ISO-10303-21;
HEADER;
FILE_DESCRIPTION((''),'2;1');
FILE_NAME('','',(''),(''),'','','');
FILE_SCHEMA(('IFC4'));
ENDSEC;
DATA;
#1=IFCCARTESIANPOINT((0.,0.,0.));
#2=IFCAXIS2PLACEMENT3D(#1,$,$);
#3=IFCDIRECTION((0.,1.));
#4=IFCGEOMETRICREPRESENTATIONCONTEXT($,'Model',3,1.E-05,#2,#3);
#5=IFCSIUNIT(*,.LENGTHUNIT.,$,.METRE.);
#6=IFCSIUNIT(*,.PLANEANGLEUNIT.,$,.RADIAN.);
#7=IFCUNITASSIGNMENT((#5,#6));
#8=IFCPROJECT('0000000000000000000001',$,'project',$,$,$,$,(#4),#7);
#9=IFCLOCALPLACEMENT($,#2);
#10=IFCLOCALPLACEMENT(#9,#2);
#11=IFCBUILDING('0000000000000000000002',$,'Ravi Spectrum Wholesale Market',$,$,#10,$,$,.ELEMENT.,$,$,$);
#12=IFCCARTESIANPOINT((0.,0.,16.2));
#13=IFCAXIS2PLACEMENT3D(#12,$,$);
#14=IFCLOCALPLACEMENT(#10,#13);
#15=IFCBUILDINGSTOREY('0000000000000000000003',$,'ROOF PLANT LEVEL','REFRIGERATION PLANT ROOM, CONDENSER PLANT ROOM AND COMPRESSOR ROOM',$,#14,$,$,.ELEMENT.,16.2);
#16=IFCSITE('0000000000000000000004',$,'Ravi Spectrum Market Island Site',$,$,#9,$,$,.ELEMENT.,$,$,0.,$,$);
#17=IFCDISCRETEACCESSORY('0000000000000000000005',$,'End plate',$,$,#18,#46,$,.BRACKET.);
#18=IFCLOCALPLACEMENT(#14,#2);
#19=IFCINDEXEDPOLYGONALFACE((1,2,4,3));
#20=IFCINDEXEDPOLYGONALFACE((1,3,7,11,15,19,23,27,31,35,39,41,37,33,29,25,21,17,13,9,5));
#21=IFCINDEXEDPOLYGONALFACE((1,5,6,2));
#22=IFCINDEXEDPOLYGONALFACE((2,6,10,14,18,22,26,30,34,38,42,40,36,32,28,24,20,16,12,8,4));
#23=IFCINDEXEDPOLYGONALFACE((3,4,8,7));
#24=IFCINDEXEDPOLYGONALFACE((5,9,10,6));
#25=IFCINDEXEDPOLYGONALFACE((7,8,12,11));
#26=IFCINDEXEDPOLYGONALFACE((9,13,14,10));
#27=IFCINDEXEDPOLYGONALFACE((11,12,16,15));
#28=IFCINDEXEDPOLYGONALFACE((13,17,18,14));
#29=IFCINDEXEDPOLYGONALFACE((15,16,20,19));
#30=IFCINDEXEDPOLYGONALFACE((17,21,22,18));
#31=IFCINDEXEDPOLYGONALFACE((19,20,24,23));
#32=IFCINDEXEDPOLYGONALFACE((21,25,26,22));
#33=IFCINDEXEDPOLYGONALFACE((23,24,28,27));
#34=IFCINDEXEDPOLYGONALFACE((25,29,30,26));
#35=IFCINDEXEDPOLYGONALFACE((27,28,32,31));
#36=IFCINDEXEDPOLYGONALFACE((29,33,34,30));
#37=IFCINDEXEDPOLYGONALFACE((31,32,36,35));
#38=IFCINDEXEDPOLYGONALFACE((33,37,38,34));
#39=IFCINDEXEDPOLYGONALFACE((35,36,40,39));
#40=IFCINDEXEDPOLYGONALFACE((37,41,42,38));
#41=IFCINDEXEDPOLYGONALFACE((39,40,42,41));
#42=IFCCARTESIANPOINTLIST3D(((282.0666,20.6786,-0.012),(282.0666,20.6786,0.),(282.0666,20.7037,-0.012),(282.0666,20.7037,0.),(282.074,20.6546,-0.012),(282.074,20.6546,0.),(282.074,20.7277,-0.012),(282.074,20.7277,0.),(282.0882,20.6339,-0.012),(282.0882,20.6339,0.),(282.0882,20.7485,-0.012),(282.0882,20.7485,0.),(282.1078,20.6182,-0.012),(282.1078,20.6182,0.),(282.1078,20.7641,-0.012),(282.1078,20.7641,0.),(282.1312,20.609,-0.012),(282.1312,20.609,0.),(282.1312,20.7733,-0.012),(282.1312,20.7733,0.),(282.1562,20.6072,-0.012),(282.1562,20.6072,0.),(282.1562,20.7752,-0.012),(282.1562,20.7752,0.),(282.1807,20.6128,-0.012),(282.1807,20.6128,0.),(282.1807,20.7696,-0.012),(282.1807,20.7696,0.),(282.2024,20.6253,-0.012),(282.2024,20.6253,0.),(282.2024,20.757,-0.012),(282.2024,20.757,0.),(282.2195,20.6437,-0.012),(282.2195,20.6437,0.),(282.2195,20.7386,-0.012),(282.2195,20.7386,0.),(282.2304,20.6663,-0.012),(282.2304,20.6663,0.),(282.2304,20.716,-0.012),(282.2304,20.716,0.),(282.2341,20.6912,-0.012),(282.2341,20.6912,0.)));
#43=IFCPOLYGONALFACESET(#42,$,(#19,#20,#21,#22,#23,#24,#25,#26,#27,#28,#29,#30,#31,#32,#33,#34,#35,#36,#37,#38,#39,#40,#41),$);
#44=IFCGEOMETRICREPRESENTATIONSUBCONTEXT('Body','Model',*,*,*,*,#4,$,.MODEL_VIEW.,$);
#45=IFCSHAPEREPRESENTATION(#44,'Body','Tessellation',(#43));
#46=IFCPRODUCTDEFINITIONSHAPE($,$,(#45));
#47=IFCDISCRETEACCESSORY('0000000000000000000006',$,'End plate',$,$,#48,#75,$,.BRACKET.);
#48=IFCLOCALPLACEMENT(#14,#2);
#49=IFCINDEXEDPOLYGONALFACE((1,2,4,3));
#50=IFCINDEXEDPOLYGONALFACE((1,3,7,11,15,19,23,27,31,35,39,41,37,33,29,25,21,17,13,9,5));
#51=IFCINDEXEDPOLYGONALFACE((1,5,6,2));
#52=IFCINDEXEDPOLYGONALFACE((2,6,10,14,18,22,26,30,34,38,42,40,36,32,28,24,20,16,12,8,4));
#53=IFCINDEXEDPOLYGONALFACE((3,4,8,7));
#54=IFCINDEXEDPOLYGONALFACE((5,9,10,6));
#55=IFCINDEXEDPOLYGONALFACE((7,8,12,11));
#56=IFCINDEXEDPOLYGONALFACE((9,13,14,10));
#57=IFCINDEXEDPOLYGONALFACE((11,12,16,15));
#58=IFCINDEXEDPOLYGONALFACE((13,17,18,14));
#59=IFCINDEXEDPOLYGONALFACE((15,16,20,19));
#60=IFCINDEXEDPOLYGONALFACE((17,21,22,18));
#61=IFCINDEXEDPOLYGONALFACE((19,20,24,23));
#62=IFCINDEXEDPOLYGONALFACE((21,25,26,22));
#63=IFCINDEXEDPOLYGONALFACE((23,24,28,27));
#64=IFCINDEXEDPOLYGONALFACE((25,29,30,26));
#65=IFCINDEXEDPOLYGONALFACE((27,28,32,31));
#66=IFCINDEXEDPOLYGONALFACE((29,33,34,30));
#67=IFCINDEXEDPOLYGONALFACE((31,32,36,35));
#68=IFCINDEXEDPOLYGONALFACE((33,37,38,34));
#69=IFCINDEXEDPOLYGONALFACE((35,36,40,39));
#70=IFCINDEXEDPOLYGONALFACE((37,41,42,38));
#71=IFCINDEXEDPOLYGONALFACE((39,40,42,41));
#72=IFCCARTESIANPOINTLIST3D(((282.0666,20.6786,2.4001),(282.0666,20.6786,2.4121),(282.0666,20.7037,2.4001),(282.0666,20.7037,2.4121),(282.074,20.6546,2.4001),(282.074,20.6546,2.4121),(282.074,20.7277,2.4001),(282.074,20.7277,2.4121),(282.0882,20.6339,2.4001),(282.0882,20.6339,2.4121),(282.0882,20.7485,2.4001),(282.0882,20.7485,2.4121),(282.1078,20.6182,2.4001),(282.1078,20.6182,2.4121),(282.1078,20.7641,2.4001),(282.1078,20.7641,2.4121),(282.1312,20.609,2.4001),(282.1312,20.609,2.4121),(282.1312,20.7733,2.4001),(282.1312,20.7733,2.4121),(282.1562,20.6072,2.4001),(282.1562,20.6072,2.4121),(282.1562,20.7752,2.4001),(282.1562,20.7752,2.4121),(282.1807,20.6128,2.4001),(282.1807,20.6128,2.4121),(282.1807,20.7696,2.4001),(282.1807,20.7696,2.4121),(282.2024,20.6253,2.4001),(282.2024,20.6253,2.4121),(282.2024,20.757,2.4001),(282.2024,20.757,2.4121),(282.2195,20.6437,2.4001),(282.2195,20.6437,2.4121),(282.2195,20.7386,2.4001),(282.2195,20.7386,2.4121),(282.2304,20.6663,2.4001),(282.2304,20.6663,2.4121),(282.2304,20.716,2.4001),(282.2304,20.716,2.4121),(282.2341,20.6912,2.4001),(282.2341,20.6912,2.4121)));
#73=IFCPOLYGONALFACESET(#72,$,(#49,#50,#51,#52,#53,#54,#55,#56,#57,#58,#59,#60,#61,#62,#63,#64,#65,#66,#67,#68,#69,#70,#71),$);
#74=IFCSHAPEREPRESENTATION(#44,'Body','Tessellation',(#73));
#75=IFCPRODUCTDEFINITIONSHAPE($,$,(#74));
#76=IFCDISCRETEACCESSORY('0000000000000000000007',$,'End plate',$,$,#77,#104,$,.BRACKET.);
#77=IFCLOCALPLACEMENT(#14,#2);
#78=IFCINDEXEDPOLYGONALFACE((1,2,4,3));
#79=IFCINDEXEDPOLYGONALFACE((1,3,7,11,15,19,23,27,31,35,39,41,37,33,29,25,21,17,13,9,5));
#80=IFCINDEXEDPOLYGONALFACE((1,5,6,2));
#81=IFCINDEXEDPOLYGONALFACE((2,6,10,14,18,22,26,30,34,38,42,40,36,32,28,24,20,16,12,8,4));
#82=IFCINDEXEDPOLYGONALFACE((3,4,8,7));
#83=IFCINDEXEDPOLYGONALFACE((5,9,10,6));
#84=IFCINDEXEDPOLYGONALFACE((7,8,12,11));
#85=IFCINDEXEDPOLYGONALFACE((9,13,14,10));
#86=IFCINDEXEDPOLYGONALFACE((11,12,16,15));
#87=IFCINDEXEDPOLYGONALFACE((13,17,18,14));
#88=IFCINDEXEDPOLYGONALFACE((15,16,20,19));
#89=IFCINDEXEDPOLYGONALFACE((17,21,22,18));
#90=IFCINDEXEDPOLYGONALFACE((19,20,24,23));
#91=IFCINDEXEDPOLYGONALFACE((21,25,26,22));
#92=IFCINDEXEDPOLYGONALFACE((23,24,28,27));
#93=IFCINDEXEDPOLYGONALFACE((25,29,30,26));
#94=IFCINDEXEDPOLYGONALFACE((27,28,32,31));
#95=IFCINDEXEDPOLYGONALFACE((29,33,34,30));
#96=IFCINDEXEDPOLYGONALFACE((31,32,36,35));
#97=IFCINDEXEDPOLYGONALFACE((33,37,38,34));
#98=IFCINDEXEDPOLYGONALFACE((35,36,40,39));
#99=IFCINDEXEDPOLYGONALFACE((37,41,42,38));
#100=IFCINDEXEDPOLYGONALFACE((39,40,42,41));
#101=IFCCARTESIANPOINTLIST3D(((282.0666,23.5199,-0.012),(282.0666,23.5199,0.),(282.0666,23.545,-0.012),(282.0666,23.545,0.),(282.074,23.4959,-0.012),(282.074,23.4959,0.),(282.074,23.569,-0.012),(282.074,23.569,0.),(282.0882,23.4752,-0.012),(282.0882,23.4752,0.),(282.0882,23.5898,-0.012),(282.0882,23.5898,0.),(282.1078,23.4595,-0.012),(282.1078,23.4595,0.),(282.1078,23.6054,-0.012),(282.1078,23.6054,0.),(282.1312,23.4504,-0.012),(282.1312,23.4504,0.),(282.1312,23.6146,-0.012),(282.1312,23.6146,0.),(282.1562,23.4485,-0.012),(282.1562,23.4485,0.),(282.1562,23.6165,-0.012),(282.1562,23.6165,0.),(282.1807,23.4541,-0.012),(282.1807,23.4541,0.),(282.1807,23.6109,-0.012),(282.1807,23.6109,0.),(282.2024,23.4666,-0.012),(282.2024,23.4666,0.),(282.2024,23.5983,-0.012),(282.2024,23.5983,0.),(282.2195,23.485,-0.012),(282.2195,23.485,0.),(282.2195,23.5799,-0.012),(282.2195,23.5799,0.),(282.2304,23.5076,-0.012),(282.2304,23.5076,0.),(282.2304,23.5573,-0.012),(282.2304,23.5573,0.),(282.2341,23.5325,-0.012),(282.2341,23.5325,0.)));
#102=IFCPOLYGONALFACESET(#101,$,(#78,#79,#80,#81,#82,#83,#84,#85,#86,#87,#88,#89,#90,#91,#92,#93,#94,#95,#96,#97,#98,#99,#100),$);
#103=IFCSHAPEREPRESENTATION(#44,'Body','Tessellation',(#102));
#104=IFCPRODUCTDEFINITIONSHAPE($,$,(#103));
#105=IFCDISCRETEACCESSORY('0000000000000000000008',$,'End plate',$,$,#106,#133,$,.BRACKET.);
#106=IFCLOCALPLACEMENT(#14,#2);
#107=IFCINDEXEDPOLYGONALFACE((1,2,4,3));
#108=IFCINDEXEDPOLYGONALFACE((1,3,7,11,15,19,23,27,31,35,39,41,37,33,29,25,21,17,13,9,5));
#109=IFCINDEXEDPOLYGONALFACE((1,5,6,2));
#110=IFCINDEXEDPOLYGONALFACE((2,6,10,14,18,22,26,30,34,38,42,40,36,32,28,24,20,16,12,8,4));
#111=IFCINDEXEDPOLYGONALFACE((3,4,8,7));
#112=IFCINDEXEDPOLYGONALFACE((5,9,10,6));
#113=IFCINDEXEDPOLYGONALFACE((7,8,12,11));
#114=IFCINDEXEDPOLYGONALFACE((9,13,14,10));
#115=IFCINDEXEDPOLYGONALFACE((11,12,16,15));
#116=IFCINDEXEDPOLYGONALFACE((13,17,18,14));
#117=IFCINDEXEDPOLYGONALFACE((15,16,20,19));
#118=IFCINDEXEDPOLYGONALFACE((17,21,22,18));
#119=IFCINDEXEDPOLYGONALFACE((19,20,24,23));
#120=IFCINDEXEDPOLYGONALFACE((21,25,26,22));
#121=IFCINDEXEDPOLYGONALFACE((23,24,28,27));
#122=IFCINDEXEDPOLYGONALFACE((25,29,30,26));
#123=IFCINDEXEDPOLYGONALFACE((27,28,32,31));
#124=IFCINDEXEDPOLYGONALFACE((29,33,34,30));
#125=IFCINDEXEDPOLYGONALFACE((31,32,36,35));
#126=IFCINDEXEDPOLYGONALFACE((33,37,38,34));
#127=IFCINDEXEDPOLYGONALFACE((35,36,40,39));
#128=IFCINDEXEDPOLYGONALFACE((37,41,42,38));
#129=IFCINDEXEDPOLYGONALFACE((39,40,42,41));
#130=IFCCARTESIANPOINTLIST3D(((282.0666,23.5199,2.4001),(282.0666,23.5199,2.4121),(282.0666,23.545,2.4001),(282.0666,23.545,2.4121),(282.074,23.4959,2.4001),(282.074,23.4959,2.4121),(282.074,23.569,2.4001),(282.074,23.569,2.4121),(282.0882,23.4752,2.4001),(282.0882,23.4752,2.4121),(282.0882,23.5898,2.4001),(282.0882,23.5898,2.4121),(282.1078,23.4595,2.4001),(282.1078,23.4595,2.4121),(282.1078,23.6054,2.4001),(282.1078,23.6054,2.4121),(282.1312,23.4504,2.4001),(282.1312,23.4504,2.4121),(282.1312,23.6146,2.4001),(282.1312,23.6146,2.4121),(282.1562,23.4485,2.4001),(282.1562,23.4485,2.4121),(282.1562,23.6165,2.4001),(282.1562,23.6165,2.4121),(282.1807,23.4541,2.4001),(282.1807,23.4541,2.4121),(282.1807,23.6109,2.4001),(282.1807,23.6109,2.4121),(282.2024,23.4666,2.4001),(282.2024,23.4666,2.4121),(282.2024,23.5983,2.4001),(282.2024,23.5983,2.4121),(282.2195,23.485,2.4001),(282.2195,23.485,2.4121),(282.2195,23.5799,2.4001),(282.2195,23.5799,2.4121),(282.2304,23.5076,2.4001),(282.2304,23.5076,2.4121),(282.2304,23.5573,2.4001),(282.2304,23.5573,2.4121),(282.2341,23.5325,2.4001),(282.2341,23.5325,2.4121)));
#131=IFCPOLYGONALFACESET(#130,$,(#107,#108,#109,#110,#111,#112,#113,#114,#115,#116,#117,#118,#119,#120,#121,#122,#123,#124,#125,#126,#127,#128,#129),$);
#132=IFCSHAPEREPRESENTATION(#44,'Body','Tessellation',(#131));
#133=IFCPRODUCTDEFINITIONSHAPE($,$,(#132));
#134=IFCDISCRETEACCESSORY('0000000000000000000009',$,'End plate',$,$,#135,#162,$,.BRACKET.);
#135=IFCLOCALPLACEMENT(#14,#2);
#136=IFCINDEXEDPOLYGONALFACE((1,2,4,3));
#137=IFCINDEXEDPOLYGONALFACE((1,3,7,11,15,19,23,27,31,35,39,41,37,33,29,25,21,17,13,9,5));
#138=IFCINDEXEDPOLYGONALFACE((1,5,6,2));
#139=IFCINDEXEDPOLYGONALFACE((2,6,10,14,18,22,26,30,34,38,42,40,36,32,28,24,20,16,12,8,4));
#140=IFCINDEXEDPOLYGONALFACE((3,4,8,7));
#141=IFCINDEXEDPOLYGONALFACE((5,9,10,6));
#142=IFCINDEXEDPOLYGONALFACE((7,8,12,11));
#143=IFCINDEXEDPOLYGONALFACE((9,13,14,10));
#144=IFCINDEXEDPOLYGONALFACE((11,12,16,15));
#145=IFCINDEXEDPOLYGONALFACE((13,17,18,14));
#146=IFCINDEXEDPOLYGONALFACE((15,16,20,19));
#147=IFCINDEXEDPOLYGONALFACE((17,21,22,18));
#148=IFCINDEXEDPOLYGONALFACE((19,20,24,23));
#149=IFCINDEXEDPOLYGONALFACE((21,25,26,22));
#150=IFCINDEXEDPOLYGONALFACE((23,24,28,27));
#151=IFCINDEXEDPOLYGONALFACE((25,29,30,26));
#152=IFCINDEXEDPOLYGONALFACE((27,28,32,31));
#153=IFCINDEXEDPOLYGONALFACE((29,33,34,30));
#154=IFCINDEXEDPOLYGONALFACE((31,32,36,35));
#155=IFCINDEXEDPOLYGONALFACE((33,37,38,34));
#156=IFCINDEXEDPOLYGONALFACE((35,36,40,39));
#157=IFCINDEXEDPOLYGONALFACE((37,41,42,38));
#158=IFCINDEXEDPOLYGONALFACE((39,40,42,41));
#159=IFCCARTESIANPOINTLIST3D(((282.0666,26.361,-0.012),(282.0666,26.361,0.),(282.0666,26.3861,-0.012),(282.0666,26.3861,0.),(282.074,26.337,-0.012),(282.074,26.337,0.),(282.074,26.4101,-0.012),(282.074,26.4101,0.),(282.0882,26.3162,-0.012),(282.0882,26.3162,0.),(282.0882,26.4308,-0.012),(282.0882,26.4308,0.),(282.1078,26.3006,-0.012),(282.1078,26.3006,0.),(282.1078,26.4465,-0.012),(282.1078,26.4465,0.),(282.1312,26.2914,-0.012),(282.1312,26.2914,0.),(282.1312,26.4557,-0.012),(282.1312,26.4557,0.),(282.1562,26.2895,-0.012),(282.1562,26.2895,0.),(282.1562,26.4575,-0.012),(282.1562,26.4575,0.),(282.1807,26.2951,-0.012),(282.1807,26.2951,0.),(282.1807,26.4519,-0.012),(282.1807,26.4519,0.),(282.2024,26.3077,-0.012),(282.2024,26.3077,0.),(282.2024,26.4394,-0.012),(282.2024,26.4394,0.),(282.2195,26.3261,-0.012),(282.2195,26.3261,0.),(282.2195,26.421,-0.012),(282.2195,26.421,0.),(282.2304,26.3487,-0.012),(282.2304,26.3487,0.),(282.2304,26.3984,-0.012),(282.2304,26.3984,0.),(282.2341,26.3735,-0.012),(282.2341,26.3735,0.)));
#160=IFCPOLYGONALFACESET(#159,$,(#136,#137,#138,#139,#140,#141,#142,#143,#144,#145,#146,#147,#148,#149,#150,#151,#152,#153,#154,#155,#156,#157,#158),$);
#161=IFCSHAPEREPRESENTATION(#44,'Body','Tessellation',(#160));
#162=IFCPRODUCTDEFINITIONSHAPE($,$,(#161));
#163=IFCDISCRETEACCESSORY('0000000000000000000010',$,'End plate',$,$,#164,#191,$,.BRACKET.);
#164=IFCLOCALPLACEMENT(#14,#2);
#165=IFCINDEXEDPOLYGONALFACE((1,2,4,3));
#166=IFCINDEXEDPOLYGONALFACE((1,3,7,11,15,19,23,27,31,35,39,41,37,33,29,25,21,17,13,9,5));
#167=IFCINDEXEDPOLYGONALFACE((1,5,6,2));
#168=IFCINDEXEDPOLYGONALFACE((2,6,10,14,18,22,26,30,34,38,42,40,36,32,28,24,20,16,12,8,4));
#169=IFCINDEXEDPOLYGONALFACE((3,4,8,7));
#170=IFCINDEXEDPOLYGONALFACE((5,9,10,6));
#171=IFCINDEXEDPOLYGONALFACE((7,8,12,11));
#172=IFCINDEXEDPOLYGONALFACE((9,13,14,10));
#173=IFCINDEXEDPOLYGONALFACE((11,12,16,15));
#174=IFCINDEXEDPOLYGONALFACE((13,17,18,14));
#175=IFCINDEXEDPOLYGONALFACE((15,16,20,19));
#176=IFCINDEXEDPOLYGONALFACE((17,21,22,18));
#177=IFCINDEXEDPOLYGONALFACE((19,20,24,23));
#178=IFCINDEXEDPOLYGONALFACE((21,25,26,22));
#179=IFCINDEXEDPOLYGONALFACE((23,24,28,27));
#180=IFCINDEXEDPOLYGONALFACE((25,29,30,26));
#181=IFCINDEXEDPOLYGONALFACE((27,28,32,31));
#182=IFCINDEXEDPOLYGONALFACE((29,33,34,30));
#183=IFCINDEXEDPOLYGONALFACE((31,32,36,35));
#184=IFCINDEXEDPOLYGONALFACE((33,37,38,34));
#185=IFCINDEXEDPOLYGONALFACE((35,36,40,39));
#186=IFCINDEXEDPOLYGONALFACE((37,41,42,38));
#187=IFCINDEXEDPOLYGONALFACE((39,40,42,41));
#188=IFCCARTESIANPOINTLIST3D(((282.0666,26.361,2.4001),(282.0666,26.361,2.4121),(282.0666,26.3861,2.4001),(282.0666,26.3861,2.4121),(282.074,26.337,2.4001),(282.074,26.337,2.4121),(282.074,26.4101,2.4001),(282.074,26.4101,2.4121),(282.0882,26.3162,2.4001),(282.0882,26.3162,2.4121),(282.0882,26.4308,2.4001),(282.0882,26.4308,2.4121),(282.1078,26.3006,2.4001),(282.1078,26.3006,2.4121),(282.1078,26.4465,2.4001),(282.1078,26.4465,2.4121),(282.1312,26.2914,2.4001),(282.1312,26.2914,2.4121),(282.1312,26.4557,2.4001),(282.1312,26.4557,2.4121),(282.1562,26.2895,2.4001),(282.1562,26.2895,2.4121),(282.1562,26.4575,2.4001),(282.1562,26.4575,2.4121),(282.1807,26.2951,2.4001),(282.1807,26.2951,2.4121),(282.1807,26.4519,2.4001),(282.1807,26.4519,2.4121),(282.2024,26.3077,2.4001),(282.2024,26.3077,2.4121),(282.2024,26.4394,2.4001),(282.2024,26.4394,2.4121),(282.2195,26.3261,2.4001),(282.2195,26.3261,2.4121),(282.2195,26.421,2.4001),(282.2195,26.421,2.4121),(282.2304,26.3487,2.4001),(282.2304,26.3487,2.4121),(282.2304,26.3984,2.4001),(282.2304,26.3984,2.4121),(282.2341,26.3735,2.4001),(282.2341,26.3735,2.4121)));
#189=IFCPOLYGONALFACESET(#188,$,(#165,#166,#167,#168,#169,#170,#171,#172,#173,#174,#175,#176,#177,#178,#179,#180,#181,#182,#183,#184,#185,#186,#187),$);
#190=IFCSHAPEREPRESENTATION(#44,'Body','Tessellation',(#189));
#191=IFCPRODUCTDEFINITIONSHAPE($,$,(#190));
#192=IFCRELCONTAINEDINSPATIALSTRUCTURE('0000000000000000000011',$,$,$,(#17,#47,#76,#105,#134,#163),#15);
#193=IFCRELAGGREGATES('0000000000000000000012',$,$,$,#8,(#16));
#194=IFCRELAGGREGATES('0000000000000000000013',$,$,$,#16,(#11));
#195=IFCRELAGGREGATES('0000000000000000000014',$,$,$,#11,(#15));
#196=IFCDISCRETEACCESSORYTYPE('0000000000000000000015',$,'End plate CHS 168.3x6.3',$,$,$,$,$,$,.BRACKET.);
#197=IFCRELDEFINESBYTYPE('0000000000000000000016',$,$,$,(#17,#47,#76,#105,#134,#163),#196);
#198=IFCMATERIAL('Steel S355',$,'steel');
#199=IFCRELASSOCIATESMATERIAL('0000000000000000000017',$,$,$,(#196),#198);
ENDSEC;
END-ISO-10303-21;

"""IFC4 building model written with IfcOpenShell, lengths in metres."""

from ifc_helpers import new_model, si_unit, direction, frame, origin, origin_2d, place, context, subcontext, project, spatial, circle, extrude, material, material_profile, profile_set, type_object, element, save


model = new_model("IFC4")

# Units and contexts
model_context = context("Model", 3, precision=1e-05, world=origin(), true_north=direction((0.0, 1.0)))
body_context = subcontext(model_context, "Body", "Model", "MODEL_VIEW")
ifc_project = project(units=[si_unit("LENGTHUNIT", "METRE"), si_unit("PLANEANGLEUNIT", "RADIAN")], contexts=[model_context])

# Site, building, storey
site_placement = place(None, origin())
site = spatial("IfcSite", under=ifc_project, at=site_placement, Name="Ravi Spectrum Market Island Site", CompositionType="ELEMENT", RefElevation=0.0)
building_placement = place(site_placement, origin())
building = spatial("IfcBuilding", under=site, at=building_placement, Name="Ravi Spectrum Wholesale Market", CompositionType="ELEMENT")
storey_placement = place(building_placement, frame((0.0, 0.0, 16.2)))
storey = spatial("IfcBuildingStorey", under=building, at=storey_placement, Name="ROOF PLANT LEVEL", Description="REFRIGERATION PLANT ROOM, CONDENSER PLANT ROOM AND COMPRESSOR ROOM", CompositionType="ELEMENT", Elevation=16.2)

# Discrete accessories
ifc_material_1 = material(Name="Steel S355", Category="steel")
ifc_material_profile_1 = material_profile(ifc_material_1, circle(Radius=0.0842, at=origin_2d()))
ifc_profile_set_1 = profile_set([ifc_material_profile_1], Name="Steel S355")
discrete_accessory_type = type_object("IfcDiscreteAccessoryType", Name="End plate CHS 168.3x6.3", PredefinedType="BRACKET", material=ifc_profile_set_1)
for number, where, z_axis, x_axis, name in (
    (1, (282.1499, 20.6912, 0.0), (0.0, 0.0, -1.0), (1.0, 0.0, 0.0), "End plate"),
    (2, (282.1499, 20.6912, 2.4001), (0.0, 0.0, 1.0), (1.0, 0.0, 0.0), "End plate"),
    (3, (282.1499, 23.5325, 0.0), (0.0, 0.0, -1.0), (1.0, 0.0, 0.0), "End plate"),
    (4, (282.1499, 23.5325, 2.4001), (0.0, 0.0, 1.0), (1.0, 0.0, 0.0), "End plate"),
    (5, (282.1499, 26.3735, 0.0), (0.0, 0.0, -1.0), (1.0, 0.0, 0.0), "End plate"),
    (6, (282.1499, 26.3735, 2.4001), (0.0, 0.0, 1.0), (1.0, 0.0, 0.0), "End plate"),
):
    element("IfcDiscreteAccessory", number, at=place(storey_placement, frame(where, z_axis=z_axis, x_axis=x_axis)), inside=storey, type_object=discrete_accessory_type, Name=name, PredefinedType="BRACKET", context=body_context, shape_type="SweptSolid", body=[
        extrude(circle(Radius=0.0842, at=origin_2d()), origin(), (0.0, 0.0, 1.0), 0.012),
    ])

save(model, "model.ifc")
